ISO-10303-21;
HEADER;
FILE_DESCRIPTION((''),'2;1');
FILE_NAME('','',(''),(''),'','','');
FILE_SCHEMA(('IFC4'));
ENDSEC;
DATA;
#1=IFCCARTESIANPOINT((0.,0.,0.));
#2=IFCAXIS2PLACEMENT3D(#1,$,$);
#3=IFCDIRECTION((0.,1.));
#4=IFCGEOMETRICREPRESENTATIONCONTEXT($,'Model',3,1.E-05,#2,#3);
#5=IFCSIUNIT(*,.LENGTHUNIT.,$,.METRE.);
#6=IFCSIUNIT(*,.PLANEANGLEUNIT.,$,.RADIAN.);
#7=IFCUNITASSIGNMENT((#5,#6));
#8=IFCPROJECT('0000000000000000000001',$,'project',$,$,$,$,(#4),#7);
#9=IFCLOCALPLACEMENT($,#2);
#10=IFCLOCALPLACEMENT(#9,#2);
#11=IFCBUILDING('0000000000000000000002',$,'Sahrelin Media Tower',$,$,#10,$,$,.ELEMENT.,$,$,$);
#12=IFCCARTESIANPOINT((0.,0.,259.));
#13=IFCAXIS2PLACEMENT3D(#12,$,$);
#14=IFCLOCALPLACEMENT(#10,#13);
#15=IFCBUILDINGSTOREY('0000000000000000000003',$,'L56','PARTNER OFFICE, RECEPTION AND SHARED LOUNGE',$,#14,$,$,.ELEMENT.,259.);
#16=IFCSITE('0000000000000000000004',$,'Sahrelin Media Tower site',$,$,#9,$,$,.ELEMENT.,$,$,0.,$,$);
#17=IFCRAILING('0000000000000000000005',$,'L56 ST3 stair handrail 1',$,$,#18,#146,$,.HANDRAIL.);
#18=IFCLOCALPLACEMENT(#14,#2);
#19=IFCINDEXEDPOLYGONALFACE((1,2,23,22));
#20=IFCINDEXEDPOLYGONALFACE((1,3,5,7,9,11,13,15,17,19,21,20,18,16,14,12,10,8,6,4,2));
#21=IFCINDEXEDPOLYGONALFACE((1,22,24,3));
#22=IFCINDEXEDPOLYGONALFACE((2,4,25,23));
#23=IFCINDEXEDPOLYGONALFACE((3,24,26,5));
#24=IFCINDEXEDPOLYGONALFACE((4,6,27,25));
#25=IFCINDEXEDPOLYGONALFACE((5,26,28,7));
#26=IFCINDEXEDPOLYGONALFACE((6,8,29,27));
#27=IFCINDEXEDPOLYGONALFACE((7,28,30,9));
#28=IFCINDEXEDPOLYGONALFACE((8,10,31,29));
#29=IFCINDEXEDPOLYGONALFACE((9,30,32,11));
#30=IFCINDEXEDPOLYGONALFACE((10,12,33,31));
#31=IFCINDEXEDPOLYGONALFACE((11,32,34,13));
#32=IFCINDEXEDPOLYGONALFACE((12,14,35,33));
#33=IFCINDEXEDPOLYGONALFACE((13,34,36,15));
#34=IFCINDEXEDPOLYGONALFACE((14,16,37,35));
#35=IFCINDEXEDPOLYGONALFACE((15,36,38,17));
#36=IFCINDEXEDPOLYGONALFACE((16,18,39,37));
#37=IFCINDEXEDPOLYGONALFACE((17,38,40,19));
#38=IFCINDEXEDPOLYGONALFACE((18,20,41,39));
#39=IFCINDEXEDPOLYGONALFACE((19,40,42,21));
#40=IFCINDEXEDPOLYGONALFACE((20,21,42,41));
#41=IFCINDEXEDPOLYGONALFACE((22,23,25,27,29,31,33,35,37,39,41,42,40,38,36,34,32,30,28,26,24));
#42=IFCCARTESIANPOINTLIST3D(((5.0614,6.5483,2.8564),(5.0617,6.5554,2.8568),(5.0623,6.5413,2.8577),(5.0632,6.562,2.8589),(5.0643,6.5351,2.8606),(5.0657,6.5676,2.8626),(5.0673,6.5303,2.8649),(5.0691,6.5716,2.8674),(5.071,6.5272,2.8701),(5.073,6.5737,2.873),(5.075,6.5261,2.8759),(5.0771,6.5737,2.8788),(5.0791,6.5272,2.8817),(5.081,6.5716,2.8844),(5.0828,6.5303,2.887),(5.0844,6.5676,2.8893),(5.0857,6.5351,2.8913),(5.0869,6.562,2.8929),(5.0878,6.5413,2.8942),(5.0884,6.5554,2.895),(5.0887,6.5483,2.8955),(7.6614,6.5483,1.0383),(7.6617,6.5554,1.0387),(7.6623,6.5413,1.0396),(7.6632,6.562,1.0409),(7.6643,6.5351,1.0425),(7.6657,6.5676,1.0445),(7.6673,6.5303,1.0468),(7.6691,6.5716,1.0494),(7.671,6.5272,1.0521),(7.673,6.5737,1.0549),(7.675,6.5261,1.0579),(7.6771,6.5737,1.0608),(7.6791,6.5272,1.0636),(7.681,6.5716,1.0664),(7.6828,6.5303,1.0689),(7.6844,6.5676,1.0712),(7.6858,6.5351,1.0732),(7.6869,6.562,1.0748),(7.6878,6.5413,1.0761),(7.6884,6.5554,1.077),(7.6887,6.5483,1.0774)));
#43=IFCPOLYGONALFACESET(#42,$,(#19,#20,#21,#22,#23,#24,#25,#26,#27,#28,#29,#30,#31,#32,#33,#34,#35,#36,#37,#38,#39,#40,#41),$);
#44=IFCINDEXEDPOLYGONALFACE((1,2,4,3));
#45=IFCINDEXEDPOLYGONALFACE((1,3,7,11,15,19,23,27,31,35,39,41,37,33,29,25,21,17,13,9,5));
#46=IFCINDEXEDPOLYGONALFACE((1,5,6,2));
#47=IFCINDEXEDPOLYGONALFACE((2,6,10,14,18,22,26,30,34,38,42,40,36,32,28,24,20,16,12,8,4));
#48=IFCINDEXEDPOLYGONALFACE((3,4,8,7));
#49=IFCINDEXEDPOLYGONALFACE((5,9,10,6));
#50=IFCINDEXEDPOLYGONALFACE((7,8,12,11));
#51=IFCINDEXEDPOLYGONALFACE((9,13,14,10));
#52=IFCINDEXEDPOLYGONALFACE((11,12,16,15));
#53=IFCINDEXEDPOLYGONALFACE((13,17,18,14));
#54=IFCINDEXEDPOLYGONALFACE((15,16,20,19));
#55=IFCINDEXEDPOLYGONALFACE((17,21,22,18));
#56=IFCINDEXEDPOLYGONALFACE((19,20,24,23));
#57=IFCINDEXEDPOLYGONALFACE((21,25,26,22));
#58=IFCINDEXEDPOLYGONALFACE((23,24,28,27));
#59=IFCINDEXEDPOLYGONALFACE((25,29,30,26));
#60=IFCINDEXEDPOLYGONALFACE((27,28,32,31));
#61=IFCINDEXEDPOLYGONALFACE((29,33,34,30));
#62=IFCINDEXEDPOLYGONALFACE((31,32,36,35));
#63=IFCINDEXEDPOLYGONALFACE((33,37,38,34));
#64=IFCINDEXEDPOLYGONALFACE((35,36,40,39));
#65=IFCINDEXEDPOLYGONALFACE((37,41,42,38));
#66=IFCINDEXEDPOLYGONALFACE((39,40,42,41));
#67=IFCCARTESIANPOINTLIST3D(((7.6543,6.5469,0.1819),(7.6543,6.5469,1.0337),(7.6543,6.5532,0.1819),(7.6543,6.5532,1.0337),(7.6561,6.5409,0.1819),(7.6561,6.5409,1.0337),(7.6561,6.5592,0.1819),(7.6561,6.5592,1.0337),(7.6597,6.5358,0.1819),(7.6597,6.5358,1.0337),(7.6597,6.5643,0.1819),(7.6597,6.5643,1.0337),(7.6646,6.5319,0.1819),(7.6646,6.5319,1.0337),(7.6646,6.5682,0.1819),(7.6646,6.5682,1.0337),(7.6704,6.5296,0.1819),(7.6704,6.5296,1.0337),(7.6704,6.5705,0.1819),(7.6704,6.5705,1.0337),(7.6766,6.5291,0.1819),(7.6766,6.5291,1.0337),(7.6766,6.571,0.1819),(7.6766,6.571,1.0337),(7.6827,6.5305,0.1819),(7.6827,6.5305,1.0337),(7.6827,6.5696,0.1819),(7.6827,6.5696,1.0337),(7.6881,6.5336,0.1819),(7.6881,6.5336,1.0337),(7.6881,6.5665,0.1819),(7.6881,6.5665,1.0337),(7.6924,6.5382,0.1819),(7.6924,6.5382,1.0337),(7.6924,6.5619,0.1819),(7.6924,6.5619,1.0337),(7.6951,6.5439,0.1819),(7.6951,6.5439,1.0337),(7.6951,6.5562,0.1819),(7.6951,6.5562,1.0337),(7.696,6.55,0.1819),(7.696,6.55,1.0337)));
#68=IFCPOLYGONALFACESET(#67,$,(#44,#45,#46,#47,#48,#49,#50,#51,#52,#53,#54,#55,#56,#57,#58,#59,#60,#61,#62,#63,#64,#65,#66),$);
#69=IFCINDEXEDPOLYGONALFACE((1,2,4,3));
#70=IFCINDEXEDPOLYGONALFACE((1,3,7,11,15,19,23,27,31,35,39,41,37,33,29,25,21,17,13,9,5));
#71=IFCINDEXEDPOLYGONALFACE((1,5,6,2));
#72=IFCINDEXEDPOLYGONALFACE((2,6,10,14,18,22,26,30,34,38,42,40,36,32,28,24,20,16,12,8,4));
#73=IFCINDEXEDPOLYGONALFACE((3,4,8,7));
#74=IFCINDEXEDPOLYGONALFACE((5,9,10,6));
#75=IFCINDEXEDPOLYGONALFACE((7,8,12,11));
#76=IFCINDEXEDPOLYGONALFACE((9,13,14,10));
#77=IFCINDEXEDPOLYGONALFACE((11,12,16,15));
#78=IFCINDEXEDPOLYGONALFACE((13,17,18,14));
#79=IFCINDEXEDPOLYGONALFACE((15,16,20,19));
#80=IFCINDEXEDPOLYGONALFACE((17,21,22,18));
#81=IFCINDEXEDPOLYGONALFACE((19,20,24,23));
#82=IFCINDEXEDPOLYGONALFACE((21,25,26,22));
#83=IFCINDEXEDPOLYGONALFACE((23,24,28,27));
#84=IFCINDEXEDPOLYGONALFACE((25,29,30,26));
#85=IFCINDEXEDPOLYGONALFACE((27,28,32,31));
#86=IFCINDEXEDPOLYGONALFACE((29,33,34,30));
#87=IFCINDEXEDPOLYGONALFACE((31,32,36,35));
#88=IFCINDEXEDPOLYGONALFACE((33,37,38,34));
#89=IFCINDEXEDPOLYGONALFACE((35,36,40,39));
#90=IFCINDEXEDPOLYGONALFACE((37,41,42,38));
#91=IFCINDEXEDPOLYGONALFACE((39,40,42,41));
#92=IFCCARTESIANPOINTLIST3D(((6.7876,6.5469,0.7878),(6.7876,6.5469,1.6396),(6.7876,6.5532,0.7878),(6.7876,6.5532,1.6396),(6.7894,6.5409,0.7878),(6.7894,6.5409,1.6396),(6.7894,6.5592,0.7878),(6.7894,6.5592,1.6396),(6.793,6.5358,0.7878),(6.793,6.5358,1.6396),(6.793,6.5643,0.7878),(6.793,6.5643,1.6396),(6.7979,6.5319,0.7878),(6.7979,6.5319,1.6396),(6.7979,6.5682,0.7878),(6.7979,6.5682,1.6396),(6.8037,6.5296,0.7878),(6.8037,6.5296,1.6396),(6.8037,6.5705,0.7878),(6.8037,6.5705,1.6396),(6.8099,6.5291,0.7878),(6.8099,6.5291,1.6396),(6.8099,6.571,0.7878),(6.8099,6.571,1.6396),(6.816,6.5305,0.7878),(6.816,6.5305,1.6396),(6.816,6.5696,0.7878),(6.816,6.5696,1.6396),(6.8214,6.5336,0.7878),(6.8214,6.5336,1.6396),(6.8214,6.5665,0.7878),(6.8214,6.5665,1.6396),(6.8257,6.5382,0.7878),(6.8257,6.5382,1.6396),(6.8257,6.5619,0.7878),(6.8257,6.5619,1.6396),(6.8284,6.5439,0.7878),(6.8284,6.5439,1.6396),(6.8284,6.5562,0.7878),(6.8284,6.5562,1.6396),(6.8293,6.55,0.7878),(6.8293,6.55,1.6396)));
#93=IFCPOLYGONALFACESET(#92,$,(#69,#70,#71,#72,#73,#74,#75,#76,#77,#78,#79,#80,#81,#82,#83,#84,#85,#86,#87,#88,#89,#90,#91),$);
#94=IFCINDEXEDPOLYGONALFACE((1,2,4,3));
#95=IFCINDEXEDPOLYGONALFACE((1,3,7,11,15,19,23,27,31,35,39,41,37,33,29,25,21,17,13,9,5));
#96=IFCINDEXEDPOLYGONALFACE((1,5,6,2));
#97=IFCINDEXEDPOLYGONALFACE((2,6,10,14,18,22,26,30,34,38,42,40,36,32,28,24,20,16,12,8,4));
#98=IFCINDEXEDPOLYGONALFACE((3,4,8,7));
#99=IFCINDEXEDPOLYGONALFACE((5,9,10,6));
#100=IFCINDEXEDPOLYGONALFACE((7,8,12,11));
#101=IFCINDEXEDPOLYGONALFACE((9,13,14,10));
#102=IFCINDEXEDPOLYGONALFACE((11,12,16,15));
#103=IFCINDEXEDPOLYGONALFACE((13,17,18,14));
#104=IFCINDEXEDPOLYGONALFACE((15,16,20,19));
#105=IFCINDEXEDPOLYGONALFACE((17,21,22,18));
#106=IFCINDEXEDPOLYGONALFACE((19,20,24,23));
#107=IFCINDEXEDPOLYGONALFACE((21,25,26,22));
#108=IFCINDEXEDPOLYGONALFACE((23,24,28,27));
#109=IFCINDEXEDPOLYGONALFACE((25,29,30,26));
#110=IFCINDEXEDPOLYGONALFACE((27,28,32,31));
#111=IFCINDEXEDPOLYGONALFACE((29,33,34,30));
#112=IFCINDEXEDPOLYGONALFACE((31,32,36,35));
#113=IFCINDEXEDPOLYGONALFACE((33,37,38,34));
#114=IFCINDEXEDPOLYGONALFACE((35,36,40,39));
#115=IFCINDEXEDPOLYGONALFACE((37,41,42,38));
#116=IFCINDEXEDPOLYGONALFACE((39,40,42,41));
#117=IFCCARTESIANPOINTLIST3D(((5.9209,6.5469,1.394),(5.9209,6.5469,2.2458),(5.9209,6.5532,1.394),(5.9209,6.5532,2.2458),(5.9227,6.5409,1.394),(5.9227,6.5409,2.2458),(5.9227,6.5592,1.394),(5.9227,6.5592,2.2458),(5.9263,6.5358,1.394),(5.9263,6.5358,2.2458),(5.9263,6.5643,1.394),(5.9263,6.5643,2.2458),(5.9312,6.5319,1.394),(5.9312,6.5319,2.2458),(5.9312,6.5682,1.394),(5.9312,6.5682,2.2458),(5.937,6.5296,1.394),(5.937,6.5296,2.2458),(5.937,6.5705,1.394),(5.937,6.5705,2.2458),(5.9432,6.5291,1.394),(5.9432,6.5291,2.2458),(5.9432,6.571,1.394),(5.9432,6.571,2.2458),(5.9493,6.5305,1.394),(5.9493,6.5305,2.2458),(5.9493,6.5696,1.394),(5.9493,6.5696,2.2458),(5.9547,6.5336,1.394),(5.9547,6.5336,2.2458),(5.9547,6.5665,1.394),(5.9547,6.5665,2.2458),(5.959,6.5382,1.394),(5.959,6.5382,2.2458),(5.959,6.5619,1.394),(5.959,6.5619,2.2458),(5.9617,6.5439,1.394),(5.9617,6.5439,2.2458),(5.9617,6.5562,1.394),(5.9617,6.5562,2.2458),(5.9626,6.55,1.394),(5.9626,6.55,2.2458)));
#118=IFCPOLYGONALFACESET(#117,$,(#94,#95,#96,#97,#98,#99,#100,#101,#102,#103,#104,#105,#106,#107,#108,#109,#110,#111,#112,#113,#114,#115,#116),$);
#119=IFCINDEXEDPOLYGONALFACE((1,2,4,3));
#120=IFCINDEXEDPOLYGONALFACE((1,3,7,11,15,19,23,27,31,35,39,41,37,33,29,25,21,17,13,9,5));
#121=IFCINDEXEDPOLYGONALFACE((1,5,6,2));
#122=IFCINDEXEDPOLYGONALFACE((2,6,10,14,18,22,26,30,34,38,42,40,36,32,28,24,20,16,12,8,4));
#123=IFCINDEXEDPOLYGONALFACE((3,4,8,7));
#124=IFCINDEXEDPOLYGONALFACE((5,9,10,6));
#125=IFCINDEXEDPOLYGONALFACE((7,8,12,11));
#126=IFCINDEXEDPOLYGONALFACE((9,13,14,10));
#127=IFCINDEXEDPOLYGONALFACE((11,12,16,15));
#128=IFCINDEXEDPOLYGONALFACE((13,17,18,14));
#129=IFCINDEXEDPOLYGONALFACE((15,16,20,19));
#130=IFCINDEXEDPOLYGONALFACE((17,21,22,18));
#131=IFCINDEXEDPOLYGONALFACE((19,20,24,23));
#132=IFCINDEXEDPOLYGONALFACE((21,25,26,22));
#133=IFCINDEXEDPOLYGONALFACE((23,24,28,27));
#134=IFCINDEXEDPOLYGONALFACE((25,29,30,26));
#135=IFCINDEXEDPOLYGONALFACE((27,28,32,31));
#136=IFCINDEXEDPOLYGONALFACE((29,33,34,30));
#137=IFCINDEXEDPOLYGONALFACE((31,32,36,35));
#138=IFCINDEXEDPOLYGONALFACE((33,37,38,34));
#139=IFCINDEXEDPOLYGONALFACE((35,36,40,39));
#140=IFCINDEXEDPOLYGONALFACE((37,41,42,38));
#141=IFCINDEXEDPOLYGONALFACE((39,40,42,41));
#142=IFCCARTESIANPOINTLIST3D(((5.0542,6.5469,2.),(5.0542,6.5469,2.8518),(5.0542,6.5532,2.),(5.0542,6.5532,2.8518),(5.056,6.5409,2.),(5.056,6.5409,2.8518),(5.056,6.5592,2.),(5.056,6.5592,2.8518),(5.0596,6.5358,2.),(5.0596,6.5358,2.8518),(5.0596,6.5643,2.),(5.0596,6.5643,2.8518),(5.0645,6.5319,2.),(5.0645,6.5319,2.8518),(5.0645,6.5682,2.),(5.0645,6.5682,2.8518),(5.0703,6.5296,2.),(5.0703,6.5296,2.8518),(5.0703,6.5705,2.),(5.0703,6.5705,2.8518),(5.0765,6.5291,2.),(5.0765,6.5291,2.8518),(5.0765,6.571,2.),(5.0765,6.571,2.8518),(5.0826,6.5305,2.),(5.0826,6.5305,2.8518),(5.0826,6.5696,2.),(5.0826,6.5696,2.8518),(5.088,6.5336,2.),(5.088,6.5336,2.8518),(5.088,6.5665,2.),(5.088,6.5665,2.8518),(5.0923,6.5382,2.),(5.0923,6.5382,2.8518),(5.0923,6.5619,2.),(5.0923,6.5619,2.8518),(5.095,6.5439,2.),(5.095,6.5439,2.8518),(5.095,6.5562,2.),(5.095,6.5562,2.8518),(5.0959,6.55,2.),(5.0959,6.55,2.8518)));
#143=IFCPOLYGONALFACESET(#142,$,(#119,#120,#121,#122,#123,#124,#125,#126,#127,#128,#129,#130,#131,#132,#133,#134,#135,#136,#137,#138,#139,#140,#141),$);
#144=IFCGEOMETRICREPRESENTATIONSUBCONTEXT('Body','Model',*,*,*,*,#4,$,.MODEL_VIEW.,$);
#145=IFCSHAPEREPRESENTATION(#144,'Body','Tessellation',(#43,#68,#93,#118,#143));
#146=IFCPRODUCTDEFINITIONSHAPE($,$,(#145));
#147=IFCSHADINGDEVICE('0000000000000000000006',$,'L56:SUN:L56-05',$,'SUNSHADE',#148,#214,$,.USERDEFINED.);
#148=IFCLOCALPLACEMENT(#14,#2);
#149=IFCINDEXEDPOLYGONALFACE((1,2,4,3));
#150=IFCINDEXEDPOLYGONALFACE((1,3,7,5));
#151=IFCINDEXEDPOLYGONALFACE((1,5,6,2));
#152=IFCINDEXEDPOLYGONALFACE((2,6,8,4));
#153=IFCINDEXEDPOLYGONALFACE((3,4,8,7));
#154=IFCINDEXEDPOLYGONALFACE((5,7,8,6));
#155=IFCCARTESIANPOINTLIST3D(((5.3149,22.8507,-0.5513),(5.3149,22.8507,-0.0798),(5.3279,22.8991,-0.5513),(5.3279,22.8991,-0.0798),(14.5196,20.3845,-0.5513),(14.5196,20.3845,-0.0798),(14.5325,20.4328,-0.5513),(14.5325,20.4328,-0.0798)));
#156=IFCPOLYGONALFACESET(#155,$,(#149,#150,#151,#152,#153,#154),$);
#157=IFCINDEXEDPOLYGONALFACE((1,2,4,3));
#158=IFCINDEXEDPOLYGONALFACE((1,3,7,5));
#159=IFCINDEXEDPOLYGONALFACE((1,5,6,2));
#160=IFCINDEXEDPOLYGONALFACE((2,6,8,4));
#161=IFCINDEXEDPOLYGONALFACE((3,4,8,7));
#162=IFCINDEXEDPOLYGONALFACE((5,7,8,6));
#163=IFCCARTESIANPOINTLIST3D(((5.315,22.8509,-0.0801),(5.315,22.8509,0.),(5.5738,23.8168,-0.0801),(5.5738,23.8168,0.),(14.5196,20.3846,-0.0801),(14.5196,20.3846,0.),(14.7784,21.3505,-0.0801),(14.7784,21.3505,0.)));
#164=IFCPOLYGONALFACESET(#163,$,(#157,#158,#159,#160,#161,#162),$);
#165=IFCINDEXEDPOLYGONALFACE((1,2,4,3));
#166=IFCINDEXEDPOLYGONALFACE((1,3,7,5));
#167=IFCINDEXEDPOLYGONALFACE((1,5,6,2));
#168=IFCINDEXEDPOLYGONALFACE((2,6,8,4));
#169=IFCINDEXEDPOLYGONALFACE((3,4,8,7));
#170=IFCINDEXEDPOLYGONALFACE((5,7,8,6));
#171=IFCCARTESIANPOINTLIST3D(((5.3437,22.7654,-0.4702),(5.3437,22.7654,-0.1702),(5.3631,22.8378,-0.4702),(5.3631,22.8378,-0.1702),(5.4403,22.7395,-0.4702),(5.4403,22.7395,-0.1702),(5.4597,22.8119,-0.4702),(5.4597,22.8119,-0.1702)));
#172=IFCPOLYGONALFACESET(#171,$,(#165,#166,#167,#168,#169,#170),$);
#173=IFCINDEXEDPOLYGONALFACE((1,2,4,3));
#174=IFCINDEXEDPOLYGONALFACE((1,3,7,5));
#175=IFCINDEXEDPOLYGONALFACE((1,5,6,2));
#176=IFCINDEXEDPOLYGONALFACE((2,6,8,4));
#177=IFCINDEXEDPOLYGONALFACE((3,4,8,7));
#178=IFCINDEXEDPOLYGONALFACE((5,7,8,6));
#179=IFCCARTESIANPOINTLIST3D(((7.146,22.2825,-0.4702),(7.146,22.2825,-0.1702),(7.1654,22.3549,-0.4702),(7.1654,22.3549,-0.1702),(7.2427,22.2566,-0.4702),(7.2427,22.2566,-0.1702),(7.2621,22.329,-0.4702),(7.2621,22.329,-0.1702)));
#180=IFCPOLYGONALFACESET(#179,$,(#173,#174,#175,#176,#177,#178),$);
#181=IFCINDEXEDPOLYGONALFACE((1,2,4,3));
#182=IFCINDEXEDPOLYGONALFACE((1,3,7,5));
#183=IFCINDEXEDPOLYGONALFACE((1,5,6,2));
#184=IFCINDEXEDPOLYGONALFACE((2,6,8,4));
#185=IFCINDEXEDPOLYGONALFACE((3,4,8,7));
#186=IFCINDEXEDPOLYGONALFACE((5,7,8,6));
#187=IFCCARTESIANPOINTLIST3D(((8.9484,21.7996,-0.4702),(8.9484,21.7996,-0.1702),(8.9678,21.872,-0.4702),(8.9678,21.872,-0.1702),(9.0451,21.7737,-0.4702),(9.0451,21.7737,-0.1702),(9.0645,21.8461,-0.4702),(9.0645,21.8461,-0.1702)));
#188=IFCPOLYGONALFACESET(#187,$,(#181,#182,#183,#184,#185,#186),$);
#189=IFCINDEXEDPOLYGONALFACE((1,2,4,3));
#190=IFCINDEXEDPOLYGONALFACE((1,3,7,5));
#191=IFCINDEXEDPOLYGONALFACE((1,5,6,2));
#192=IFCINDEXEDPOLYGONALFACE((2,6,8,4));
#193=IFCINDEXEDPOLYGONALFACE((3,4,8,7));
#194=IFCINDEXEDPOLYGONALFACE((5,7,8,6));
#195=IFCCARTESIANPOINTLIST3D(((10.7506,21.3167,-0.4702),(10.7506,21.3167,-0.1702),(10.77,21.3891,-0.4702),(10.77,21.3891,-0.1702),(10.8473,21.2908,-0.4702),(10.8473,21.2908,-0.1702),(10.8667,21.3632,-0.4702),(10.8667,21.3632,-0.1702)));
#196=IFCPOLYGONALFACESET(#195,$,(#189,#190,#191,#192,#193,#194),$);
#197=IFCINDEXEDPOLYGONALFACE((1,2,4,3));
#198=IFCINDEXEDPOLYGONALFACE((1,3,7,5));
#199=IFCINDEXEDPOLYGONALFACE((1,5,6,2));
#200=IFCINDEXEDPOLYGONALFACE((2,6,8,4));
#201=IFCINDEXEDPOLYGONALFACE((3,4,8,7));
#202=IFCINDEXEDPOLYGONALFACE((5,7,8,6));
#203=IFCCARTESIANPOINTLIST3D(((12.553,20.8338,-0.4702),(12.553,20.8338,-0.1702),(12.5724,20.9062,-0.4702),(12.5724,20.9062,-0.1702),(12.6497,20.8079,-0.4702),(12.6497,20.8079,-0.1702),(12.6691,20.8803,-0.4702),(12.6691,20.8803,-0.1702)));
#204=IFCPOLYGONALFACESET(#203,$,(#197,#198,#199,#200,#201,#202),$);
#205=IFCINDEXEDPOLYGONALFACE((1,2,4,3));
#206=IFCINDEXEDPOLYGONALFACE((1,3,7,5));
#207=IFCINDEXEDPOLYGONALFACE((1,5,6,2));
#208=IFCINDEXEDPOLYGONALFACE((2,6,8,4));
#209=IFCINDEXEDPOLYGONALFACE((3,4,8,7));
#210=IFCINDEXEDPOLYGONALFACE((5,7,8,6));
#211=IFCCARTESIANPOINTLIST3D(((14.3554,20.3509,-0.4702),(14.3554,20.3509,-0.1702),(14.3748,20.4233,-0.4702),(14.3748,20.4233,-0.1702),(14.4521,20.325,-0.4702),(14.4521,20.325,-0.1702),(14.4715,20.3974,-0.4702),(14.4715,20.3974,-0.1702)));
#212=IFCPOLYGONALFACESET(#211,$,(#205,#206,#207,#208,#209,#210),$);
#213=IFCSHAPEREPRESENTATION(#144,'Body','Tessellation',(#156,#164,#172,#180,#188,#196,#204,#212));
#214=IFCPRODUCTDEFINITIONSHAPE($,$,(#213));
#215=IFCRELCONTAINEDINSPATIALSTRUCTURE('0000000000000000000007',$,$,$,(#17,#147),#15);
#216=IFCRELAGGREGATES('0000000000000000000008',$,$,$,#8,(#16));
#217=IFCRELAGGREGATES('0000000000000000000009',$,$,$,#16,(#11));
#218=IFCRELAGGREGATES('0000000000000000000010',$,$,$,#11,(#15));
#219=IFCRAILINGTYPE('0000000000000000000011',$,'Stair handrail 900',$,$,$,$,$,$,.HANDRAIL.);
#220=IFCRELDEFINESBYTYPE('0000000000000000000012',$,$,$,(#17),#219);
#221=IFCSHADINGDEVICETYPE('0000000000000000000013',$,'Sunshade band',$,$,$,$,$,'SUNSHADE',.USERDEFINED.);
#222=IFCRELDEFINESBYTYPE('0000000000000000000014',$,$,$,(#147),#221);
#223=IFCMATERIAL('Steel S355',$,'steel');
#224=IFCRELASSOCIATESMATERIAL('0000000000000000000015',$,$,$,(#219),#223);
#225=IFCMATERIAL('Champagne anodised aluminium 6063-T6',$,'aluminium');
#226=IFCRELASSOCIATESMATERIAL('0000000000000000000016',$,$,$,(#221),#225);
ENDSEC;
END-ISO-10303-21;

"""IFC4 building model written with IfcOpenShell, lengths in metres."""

from ifc_helpers import new_model, si_unit, direction, frame, origin, origin_2d, place, context, subcontext, project, spatial, rectangle, circle, extrude, material, type_object, element, save


model = new_model("IFC4")

# Units and contexts
model_context = context("Model", 3, precision=1e-05, world=origin(), true_north=direction((0.0, 1.0)))
body_context = subcontext(model_context, "Body", "Model", "MODEL_VIEW")
ifc_project = project(units=[si_unit("LENGTHUNIT", "METRE"), si_unit("PLANEANGLEUNIT", "RADIAN")], contexts=[model_context])

# Site, building, storey
site_placement = place(None, origin())
site = spatial("IfcSite", under=ifc_project, at=site_placement, Name="Sahrelin Media Tower site", CompositionType="ELEMENT", RefElevation=0.0)
building_placement = place(site_placement, origin())
building = spatial("IfcBuilding", under=site, at=building_placement, Name="Sahrelin Media Tower", CompositionType="ELEMENT")
storey_placement = place(building_placement, frame((0.0, 0.0, 259.0)))
storey = spatial("IfcBuildingStorey", under=building, at=storey_placement, Name="L56", Description="PARTNER OFFICE, RECEPTION AND SHARED LOUNGE", CompositionType="ELEMENT", Elevation=259.0)

# Shared definitions
ifc_material_1 = material(Name="Steel S355", Category="steel")

# Shared definitions
ifc_material_2 = material(Name="Champagne anodised aluminium 6063-T6", Category="aluminium")

# Shared definitions
placement_1 = place(storey_placement, frame((9.9121, 21.5984, 0.0), z_axis=(0.0, 0.0, 1.0), x_axis=(0.965929, -0.258808, 0.0)))

# Railing
railing_type_1 = type_object("IfcRailingType", Name="Stair handrail 900", PredefinedType="HANDRAIL", material=ifc_material_1)
railing_1_placement = place(storey_placement, frame((7.675, 6.55, 0.1819)))
element("IfcRailing", 1, at=railing_1_placement, inside=storey, type_object=railing_type_1, Name="L56 ST3 stair handrail 1", PredefinedType="HANDRAIL", context=body_context, shape_type="SweptSolid", body=[
    extrude(circle(Radius=0.0239, at=origin_2d()), frame((0.0, 0.0, 0.876), z_axis=(-0.819521, 0.0, 0.573049), x_axis=(0.0, -1.0, 0.0)), (0.0, 0.0, 1.0), 3.1726),
    extrude(circle(Radius=0.021, at=origin_2d()), origin(), (0.0, 0.0, 1.0), 0.8518),
    extrude(circle(Radius=0.021, at=origin_2d()), frame((-0.8667, 0.0, 0.606)), (0.0, 0.0, 1.0), 0.8518),
    extrude(circle(Radius=0.021, at=origin_2d()), frame((-1.7334, 0.0, 1.2122)), (0.0, 0.0, 1.0), 0.8518),
    extrude(circle(Radius=0.021, at=origin_2d()), frame((-2.6001, 0.0, 1.8181)), (0.0, 0.0, 1.0), 0.8518),
])

# Shading device
shading_device_type_1 = type_object("IfcShadingDeviceType", Name="Sunshade band", ElementType="SUNSHADE", PredefinedType="USERDEFINED", material=ifc_material_2)
element("IfcShadingDevice", 2, at=placement_1, inside=storey, type_object=shading_device_type_1, Name="L56:SUN:L56-05", ObjectType="SUNSHADE", PredefinedType="USERDEFINED", context=body_context, shape_type="SweptSolid", body=[
    extrude(rectangle(XDim=9.5293, YDim=0.05, at=origin_2d()), frame((0.0, 0.0449, -0.5513)), (0.0, 0.0, 1.0), 0.4714),
    extrude(rectangle(XDim=9.5293, YDim=1.0, at=origin_2d()), frame((0.0, 0.52, -0.0801)), (0.0, 0.0, 1.0), 0.0801),
    extrude(rectangle(XDim=0.1001, YDim=0.075, at=origin_2d()), frame((-4.6648, -0.0176, -0.4702)), (0.0, 0.0, 1.0), 0.3),
    extrude(rectangle(XDim=0.1001, YDim=0.075, at=origin_2d()), frame((-2.7988, -0.0176, -0.4702)), (0.0, 0.0, 1.0), 0.3),
    extrude(rectangle(XDim=0.1001, YDim=0.075, at=origin_2d()), frame((-0.9329, -0.0176, -0.4702)), (0.0, 0.0, 1.0), 0.3),
    extrude(rectangle(XDim=0.1001, YDim=0.075, at=origin_2d()), frame((0.9329, -0.0176, -0.4702)), (0.0, 0.0, 1.0), 0.3),
    extrude(rectangle(XDim=0.1001, YDim=0.075, at=origin_2d()), frame((2.7988, -0.0176, -0.4702)), (0.0, 0.0, 1.0), 0.3),
    extrude(rectangle(XDim=0.1001, YDim=0.075, at=origin_2d()), frame((4.6648, -0.0176, -0.4702)), (0.0, 0.0, 1.0), 0.3),
])

save(model, "model.ifc")
